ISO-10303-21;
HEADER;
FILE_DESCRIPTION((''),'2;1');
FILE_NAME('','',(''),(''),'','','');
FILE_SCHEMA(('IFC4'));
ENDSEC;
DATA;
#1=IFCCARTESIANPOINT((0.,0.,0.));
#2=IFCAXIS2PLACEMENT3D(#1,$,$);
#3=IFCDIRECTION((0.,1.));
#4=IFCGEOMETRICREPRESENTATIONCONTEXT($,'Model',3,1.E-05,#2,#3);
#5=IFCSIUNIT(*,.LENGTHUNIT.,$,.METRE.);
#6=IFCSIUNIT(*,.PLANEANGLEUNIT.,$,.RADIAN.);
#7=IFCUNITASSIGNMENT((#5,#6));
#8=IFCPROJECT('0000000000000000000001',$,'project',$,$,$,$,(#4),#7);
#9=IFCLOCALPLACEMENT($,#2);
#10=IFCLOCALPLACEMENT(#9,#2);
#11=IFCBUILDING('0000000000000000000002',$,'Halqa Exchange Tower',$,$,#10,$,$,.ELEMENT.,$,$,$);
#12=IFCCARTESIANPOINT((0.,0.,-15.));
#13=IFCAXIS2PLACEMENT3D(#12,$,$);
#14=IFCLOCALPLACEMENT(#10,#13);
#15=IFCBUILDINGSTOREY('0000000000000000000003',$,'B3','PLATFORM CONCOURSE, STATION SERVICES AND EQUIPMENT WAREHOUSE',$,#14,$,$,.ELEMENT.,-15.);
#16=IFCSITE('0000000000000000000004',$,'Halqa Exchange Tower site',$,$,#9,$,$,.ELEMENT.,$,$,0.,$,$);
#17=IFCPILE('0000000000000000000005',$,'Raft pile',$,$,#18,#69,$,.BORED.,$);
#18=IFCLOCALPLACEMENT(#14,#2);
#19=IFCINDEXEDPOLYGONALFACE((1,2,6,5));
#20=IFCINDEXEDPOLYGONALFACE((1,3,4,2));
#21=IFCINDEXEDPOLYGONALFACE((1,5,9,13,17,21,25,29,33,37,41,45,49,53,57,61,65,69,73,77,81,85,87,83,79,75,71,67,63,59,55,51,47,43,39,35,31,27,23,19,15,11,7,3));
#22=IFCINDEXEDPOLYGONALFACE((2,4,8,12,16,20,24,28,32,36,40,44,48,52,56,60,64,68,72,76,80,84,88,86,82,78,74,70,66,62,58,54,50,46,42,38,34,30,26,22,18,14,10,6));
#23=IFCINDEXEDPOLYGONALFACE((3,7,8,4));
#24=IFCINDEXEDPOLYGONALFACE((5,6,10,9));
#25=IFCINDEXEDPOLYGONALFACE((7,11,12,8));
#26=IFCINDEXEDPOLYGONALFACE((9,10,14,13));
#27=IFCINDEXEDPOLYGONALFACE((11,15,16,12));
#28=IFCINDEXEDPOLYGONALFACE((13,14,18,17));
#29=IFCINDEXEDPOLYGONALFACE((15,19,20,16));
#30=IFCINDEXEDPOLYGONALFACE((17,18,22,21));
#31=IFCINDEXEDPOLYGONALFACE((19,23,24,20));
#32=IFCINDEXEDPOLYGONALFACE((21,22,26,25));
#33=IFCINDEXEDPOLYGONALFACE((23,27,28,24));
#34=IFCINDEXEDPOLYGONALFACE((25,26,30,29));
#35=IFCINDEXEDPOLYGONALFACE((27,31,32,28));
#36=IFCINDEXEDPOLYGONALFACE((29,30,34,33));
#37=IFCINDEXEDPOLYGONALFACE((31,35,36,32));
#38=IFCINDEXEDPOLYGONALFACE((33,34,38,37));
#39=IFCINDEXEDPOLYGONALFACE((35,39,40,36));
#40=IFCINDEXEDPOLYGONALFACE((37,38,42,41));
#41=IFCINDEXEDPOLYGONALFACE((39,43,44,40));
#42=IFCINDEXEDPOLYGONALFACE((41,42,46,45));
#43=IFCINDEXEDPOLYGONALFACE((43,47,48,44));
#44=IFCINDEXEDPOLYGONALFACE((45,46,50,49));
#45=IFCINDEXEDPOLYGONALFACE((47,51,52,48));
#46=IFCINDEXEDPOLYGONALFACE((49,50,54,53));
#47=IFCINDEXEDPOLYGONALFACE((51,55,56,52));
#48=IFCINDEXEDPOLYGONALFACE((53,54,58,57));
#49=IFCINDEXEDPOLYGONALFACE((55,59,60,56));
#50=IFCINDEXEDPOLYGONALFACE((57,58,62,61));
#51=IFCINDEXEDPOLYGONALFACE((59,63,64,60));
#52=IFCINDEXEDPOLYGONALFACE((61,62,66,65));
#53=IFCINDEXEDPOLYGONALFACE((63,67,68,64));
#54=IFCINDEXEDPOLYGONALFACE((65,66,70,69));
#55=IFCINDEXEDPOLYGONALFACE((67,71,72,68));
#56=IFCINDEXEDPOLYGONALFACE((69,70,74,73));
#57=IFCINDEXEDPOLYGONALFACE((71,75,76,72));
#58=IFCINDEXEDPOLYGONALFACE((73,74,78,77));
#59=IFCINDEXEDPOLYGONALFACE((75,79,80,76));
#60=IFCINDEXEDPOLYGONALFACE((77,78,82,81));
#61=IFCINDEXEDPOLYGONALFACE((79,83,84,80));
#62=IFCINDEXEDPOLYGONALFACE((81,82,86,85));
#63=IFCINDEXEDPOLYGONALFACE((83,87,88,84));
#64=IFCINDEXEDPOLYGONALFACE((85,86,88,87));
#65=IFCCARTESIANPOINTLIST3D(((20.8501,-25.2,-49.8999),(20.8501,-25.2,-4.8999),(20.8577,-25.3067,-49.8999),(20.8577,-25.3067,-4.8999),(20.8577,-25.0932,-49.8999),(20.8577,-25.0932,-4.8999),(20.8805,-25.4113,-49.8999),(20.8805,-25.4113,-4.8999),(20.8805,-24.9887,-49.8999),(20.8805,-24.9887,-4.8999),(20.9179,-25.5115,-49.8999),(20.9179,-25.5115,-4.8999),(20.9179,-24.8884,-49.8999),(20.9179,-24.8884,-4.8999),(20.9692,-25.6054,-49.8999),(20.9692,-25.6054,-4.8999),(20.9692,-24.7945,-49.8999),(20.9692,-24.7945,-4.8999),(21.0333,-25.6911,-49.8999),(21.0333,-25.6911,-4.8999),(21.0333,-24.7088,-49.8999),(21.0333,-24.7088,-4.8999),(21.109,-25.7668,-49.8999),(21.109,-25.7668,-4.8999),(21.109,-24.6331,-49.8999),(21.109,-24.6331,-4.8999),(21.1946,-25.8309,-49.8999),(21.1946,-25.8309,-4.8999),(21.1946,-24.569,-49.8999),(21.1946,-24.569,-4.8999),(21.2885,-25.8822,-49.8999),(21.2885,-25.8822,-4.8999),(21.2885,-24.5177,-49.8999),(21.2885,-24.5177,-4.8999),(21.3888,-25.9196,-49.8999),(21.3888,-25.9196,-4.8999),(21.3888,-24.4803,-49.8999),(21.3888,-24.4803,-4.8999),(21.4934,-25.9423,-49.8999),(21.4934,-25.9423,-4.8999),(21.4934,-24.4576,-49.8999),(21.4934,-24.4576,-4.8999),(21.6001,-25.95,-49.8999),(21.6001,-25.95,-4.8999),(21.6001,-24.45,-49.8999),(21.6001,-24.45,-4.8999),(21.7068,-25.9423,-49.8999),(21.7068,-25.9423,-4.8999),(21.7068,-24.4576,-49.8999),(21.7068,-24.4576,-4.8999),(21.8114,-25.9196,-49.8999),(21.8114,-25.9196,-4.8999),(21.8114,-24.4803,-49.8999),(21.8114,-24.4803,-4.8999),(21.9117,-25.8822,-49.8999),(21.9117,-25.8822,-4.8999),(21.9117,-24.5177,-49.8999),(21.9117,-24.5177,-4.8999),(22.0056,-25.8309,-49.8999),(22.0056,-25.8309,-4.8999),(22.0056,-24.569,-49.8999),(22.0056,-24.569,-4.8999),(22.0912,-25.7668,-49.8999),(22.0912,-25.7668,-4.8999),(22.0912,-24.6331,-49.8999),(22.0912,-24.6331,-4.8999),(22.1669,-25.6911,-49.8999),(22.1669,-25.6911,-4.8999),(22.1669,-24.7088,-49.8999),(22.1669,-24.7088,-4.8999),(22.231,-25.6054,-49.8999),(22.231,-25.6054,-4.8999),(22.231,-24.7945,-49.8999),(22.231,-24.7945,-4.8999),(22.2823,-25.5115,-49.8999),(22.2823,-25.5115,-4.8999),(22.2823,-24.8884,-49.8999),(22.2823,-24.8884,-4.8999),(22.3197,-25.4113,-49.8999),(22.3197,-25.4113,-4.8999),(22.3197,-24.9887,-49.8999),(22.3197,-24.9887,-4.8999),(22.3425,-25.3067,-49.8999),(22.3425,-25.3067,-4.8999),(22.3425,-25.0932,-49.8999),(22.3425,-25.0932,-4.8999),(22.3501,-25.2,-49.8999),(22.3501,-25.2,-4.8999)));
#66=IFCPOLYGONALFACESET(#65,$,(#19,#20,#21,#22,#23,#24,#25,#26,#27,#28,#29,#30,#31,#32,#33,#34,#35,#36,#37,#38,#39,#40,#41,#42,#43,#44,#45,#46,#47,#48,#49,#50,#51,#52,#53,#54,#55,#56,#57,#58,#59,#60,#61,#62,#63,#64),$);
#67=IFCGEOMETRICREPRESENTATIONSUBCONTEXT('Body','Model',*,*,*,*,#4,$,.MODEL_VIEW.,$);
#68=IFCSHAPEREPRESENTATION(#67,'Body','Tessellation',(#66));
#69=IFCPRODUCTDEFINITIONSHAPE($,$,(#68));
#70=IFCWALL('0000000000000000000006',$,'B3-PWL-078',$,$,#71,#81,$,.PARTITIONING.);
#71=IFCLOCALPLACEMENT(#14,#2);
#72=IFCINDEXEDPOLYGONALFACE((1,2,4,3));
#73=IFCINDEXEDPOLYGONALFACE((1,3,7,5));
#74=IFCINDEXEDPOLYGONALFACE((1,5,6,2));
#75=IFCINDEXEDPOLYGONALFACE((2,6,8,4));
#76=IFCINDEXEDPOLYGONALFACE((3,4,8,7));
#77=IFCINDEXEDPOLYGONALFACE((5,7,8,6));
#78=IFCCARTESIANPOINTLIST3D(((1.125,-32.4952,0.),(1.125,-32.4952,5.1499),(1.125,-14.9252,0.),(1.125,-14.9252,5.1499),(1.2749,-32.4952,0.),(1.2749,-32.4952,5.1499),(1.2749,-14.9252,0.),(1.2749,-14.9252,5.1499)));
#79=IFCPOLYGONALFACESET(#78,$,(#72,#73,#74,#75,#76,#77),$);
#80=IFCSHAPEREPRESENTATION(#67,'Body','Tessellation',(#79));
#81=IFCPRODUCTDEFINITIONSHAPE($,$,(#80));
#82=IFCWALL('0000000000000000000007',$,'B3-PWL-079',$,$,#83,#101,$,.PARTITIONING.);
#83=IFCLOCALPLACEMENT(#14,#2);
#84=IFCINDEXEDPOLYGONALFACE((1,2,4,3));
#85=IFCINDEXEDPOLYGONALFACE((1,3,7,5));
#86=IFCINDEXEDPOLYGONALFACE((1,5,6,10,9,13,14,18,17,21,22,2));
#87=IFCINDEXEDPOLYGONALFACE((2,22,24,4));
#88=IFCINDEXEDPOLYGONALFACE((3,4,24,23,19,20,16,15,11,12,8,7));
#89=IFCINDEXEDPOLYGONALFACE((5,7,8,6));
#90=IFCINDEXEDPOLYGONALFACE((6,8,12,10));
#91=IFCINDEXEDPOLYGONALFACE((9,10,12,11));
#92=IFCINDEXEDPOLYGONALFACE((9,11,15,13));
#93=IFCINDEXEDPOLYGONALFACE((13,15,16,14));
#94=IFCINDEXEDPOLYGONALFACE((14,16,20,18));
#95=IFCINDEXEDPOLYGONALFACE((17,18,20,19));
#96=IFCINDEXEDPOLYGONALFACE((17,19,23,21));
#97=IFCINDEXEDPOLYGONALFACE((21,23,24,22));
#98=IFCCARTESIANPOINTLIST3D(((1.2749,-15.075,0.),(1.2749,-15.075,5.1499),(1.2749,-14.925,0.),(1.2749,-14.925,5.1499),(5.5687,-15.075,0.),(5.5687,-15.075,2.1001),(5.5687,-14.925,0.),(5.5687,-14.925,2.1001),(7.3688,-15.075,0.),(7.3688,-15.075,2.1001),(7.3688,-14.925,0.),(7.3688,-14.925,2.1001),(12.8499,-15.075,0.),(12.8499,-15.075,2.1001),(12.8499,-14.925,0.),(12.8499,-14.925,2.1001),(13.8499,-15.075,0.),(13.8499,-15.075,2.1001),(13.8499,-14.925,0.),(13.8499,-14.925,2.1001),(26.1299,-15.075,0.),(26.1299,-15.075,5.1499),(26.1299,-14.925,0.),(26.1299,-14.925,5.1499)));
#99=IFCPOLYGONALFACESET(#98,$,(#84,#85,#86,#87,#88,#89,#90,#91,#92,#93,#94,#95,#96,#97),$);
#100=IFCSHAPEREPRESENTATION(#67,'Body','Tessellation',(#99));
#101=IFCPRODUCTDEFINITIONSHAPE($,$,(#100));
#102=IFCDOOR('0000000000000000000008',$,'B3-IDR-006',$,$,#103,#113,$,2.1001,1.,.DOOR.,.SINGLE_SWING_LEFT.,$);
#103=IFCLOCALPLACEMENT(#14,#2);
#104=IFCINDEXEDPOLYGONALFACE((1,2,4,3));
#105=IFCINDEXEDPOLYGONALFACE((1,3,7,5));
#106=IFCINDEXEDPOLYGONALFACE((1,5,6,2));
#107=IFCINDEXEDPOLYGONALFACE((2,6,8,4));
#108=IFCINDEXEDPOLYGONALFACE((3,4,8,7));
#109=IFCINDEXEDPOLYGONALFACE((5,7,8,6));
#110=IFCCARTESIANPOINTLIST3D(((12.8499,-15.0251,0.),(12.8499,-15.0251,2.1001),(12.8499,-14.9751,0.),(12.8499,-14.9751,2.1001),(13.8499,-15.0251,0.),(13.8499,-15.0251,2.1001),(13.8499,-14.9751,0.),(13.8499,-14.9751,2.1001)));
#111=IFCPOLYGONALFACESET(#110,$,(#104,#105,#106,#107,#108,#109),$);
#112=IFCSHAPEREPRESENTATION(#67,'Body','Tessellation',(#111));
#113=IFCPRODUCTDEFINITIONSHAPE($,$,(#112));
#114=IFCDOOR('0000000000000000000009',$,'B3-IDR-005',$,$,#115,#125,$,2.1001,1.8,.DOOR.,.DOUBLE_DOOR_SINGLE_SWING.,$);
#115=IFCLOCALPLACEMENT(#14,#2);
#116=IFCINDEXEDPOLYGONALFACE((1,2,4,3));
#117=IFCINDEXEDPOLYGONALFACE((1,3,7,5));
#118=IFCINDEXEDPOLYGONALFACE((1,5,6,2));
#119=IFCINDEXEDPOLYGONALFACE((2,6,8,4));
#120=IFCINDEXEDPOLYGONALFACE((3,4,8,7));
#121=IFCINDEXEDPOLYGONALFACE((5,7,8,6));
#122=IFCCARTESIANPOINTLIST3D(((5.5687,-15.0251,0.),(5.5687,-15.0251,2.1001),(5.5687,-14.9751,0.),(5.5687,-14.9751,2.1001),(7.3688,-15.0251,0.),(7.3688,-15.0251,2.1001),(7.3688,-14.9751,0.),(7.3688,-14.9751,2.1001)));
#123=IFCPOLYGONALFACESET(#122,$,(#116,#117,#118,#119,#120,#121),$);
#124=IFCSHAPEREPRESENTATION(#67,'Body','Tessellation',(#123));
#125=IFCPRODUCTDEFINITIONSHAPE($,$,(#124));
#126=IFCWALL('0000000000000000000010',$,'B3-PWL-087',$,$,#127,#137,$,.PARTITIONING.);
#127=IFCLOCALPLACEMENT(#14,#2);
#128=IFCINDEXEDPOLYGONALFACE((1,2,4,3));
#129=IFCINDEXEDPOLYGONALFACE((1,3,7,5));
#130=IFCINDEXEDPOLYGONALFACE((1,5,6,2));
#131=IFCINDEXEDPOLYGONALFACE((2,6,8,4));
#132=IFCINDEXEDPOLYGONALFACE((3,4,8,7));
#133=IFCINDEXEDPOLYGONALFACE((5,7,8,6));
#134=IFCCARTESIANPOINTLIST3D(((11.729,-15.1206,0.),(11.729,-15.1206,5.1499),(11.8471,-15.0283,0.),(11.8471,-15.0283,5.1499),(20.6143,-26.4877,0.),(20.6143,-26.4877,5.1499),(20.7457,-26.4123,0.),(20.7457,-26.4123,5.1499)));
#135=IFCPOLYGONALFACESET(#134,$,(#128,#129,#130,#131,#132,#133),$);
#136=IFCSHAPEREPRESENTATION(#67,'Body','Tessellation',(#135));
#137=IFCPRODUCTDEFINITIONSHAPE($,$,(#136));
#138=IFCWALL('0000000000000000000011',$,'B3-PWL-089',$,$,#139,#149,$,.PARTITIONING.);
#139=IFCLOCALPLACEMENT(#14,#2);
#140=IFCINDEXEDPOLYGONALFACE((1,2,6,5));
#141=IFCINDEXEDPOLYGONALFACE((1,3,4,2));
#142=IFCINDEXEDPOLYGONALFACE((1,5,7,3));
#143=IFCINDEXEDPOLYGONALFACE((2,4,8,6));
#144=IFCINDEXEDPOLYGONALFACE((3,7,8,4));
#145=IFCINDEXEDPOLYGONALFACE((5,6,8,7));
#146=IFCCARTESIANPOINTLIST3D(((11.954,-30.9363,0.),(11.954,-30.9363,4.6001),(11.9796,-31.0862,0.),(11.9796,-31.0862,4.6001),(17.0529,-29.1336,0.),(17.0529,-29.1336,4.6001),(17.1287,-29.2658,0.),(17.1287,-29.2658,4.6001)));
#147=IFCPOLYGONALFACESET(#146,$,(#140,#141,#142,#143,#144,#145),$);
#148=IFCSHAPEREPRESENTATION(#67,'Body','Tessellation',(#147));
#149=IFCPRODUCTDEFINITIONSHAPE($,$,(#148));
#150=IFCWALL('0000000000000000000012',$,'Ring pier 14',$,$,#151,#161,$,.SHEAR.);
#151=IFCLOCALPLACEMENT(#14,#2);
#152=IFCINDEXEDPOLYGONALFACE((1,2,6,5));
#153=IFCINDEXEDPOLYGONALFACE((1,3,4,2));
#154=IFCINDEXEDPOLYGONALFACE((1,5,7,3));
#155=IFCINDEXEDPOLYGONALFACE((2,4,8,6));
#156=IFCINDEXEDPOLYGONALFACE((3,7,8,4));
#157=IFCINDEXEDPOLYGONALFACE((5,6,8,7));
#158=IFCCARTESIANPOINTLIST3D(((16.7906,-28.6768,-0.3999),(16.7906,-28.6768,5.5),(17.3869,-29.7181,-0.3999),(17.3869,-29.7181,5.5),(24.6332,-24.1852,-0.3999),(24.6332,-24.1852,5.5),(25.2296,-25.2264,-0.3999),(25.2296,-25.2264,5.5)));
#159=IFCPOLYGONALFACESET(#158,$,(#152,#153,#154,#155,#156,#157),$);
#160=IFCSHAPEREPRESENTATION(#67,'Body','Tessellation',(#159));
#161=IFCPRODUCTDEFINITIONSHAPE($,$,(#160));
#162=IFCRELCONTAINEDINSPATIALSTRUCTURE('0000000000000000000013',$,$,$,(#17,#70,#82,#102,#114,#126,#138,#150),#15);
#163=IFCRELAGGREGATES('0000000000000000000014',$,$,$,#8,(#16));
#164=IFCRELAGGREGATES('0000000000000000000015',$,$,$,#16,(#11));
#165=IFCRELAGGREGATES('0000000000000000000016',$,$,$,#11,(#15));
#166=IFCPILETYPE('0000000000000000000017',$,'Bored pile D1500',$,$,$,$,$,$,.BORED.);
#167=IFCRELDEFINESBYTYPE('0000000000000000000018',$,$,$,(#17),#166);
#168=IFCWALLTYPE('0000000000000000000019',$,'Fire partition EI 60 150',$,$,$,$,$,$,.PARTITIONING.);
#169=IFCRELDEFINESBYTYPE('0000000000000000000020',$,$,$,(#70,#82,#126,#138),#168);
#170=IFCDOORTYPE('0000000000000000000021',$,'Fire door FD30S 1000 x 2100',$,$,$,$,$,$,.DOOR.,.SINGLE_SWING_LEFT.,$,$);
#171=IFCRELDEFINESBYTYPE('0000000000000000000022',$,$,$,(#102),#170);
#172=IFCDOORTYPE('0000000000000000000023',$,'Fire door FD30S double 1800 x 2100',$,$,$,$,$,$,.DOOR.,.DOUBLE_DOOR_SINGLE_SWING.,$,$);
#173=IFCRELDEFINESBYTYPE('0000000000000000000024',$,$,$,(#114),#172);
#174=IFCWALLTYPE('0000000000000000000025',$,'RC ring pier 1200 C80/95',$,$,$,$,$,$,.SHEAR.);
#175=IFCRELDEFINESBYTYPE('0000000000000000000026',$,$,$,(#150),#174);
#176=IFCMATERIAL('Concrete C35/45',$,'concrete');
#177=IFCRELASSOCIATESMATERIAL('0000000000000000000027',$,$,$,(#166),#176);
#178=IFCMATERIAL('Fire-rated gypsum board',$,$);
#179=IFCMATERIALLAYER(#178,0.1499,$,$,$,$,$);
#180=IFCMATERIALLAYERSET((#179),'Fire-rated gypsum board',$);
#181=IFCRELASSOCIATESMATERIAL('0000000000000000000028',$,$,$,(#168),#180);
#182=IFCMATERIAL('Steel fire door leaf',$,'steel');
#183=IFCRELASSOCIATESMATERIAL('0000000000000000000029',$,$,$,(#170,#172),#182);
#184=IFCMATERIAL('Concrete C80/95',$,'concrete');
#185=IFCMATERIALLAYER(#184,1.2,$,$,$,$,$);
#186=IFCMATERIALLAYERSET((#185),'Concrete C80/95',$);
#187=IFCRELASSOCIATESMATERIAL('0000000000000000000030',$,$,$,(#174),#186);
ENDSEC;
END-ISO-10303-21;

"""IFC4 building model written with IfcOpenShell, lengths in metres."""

from ifc_helpers import new_model, si_unit, direction, frame, frame_2d, origin, origin_2d, place, context, subcontext, project, spatial, polyline, rectangle, circle, outline, extrude, material, layer, layer_set, material_profile, profile_set, type_object, element, fill, save


model = new_model("IFC4")

# Units and contexts
model_context = context("Model", 3, precision=1e-05, world=origin(), true_north=direction((0.0, 1.0)))
body_context = subcontext(model_context, "Body", "Model", "MODEL_VIEW")
ifc_project = project(units=[si_unit("LENGTHUNIT", "METRE"), si_unit("PLANEANGLEUNIT", "RADIAN")], contexts=[model_context])

# Site, building, storey
site_placement = place(None, origin())
site = spatial("IfcSite", under=ifc_project, at=site_placement, Name="Halqa Exchange Tower site", CompositionType="ELEMENT", RefElevation=0.0)
building_placement = place(site_placement, origin())
building = spatial("IfcBuilding", under=site, at=building_placement, Name="Halqa Exchange Tower", CompositionType="ELEMENT")
storey_placement = place(building_placement, frame((0.0, 0.0, -15.0)))
storey = spatial("IfcBuildingStorey", under=building, at=storey_placement, Name="B3", Description="PLATFORM CONCOURSE, STATION SERVICES AND EQUIPMENT WAREHOUSE", CompositionType="ELEMENT", Elevation=-15.0)

# Pile
ifc_material_1 = material(Name="Concrete C35/45", Category="concrete")
ifc_material_profile_1 = material_profile(ifc_material_1, circle(Radius=0.75, at=origin_2d()), Name="D1500")
ifc_profile_set_1 = profile_set([ifc_material_profile_1], Name="Concrete C35/45")
pile_type_1 = type_object("IfcPileType", Name="Bored pile D1500", PredefinedType="BORED", material=ifc_profile_set_1)
for number, where, z_axis, x_axis, name in (
    (1, (21.6001, -25.2, -4.8999), (0.0, 0.0, -1.0), (1.0, 0.0, 0.0), "Raft pile"),
):
    element("IfcPile", number, at=place(storey_placement, frame(where, z_axis=z_axis, x_axis=x_axis)), inside=storey, type_object=pile_type_1, Name=name, PredefinedType="BORED", context=body_context, shape_type="SweptSolid", body=[
        extrude(circle(Radius=0.75, at=origin_2d()), origin(), (0.0, 0.0, 1.0), 45.0),
    ])

# Wall
ifc_material_2 = material(Name="Fire-rated gypsum board")
ifc_layer_1 = layer(ifc_material_2, 0.1499)
ifc_layer_set_1 = layer_set([ifc_layer_1], Name="Fire-rated gypsum board")
wall_type_1 = type_object("IfcWallType", Name="Fire partition EI 60 150", PredefinedType="PARTITIONING", material=ifc_layer_set_1)
wall_1_placement = place(storey_placement, frame((1.2, -14.925, 0.0), z_axis=(0.0, 0.0, 1.0), x_axis=(0.0, -1.0, 0.0)))
element("IfcWall", 2, at=wall_1_placement, inside=storey, type_object=wall_type_1, Name="B3-PWL-078", PredefinedType="PARTITIONING", context=body_context, shape_type="SweptSolid", body=[
    extrude(rectangle(XDim=17.5701, YDim=0.1499, at=frame_2d((8.7852, 0.0))), origin(), (0.0, 0.0, 1.0), 5.1499),
])

# Wall, openings, doors
wall_2_placement = place(storey_placement, frame((1.2749, -15.0, 0.0), z_axis=(0.0, 0.0, 1.0), x_axis=(1.0, 0.0, 0.0)))
wall_2 = element("IfcWall", 3, at=wall_2_placement, inside=storey, type_object=wall_type_1, Name="B3-PWL-079", PredefinedType="PARTITIONING", context=body_context, shape_type="SweptSolid", body=[
    extrude(rectangle(XDim=24.855, YDim=0.1499, at=frame_2d((12.4275, 0.0))), origin(), (0.0, 0.0, 1.0), 5.1499),
])
opening_1_placement = place(wall_2_placement, frame((4.2939, 0.0, 0.0)))
opening_1 = element("IfcOpeningElement", 4, at=opening_1_placement, cuts=wall_2, PredefinedType="OPENING", context=body_context, shape_type="SweptSolid", body=[
    extrude(rectangle(XDim=1.8, YDim=2.1001, at=frame_2d((0.8999, 1.05))), frame((0.0, 0.0869, 0.0), z_axis=(0.0, -1.0, 0.0), x_axis=(1.0, 0.0, 0.0)), (0.0, 0.0, 1.0), 0.1738),
])
opening_2_placement = place(wall_2_placement, frame((11.575, 0.0, 0.0)))
opening_2 = element("IfcOpeningElement", 5, at=opening_2_placement, cuts=wall_2, PredefinedType="OPENING", context=body_context, shape_type="SweptSolid", body=[
    extrude(rectangle(XDim=1.0, YDim=2.1001, at=frame_2d((0.5, 1.05))), frame((0.0, 0.0869, 0.0), z_axis=(0.0, -1.0, 0.0), x_axis=(1.0, 0.0, 0.0)), (0.0, 0.0, 1.0), 0.1738),
])
ifc_material_3 = material(Name="Steel fire door leaf", Category="steel")
door_type_1 = type_object("IfcDoorType", Name="Fire door FD30S 1000 x 2100", OperationType="SINGLE_SWING_LEFT", PredefinedType="DOOR", material=ifc_material_3)
door_1_placement = place(opening_2_placement, origin())
door_1 = element("IfcDoor", 6, at=door_1_placement, inside=storey, type_object=door_type_1, Name="B3-IDR-006", OperationType="SINGLE_SWING_LEFT", OverallHeight=2.1001, OverallWidth=1.0, PredefinedType="DOOR", context=body_context, shape_type="SweptSolid", body=[
    extrude(rectangle(XDim=1.0, YDim=2.1001, at=frame_2d((0.5, 1.05))), frame((0.0, 0.0249, 0.0), z_axis=(0.0, -1.0, 0.0), x_axis=(1.0, 0.0, 0.0)), (0.0, 0.0, 1.0), 0.05),
])
fill(opening_2, door_1)
door_type_2 = type_object("IfcDoorType", Name="Fire door FD30S double 1800 x 2100", OperationType="DOUBLE_DOOR_SINGLE_SWING", PredefinedType="DOOR", material=ifc_material_3)
door_2_placement = place(opening_1_placement, origin())
door_2 = element("IfcDoor", 7, at=door_2_placement, inside=storey, type_object=door_type_2, Name="B3-IDR-005", OperationType="DOUBLE_DOOR_SINGLE_SWING", OverallHeight=2.1001, OverallWidth=1.8, PredefinedType="DOOR", context=body_context, shape_type="SweptSolid", body=[
    extrude(rectangle(XDim=1.8, YDim=2.1001, at=frame_2d((0.8999, 1.05))), frame((0.0, 0.0249, 0.0), z_axis=(0.0, -1.0, 0.0), x_axis=(1.0, 0.0, 0.0)), (0.0, 0.0, 1.0), 0.05),
])
fill(opening_1, door_2)

# Walls
wall_3_placement = place(storey_placement, frame((11.7881, -15.0745, 0.0), z_axis=(0.0, 0.0, 1.0), x_axis=(0.615848, -0.787865, 0.0)))
element("IfcWall", 8, at=wall_3_placement, inside=storey, type_object=wall_type_1, Name="B3-PWL-087", PredefinedType="PARTITIONING", context=body_context, shape_type="SweptSolid", body=[
    extrude(outline(polyline([(0.0, -0.075), (14.4277, -0.075), (14.4492, 0.075), (0.0, 0.075), (0.0, -0.075)])), origin(), (0.0, 0.0, 1.0), 5.1499),
])
wall_4_placement = place(storey_placement, frame((11.9668, -31.0112, 0.0), z_axis=(0.0, 0.0, 1.0), x_axis=(0.942814, 0.333318, 0.0)))
element("IfcWall", 9, at=wall_4_placement, inside=storey, type_object=wall_type_1, Name="B3-PWL-089", PredefinedType="PARTITIONING", context=body_context, shape_type="SweptSolid", body=[
    extrude(outline(polyline([(-0.0129, -0.075), (5.4485, -0.075), (5.4211, 0.075), (0.0129, 0.075), (-0.0129, -0.075)])), origin(), (0.0, 0.0, 1.0), 4.6001),
])
ifc_material_4 = material(Name="Concrete C80/95", Category="concrete")
ifc_layer_2 = layer(ifc_material_4, 1.2)
ifc_layer_set_2 = layer_set([ifc_layer_2], Name="Concrete C80/95")
wall_type_2 = type_object("IfcWallType", Name="RC ring pier 1200 C80/95", PredefinedType="SHEAR", material=ifc_layer_set_2)
wall_5_placement = place(storey_placement, frame((17.0886, -29.1975, -0.3999), z_axis=(0.0, 0.0, 1.0), x_axis=(0.867761, 0.496982, 0.0)))
element("IfcWall", 10, at=wall_5_placement, inside=storey, type_object=wall_type_2, Name="Ring pier 14", PredefinedType="SHEAR", context=body_context, shape_type="SweptSolid", body=[
    extrude(rectangle(XDim=9.0378, YDim=1.2, at=frame_2d((4.519, 0.0))), origin(), (0.0, 0.0, 1.0), 5.8999),
])

save(model, "model.ifc")
